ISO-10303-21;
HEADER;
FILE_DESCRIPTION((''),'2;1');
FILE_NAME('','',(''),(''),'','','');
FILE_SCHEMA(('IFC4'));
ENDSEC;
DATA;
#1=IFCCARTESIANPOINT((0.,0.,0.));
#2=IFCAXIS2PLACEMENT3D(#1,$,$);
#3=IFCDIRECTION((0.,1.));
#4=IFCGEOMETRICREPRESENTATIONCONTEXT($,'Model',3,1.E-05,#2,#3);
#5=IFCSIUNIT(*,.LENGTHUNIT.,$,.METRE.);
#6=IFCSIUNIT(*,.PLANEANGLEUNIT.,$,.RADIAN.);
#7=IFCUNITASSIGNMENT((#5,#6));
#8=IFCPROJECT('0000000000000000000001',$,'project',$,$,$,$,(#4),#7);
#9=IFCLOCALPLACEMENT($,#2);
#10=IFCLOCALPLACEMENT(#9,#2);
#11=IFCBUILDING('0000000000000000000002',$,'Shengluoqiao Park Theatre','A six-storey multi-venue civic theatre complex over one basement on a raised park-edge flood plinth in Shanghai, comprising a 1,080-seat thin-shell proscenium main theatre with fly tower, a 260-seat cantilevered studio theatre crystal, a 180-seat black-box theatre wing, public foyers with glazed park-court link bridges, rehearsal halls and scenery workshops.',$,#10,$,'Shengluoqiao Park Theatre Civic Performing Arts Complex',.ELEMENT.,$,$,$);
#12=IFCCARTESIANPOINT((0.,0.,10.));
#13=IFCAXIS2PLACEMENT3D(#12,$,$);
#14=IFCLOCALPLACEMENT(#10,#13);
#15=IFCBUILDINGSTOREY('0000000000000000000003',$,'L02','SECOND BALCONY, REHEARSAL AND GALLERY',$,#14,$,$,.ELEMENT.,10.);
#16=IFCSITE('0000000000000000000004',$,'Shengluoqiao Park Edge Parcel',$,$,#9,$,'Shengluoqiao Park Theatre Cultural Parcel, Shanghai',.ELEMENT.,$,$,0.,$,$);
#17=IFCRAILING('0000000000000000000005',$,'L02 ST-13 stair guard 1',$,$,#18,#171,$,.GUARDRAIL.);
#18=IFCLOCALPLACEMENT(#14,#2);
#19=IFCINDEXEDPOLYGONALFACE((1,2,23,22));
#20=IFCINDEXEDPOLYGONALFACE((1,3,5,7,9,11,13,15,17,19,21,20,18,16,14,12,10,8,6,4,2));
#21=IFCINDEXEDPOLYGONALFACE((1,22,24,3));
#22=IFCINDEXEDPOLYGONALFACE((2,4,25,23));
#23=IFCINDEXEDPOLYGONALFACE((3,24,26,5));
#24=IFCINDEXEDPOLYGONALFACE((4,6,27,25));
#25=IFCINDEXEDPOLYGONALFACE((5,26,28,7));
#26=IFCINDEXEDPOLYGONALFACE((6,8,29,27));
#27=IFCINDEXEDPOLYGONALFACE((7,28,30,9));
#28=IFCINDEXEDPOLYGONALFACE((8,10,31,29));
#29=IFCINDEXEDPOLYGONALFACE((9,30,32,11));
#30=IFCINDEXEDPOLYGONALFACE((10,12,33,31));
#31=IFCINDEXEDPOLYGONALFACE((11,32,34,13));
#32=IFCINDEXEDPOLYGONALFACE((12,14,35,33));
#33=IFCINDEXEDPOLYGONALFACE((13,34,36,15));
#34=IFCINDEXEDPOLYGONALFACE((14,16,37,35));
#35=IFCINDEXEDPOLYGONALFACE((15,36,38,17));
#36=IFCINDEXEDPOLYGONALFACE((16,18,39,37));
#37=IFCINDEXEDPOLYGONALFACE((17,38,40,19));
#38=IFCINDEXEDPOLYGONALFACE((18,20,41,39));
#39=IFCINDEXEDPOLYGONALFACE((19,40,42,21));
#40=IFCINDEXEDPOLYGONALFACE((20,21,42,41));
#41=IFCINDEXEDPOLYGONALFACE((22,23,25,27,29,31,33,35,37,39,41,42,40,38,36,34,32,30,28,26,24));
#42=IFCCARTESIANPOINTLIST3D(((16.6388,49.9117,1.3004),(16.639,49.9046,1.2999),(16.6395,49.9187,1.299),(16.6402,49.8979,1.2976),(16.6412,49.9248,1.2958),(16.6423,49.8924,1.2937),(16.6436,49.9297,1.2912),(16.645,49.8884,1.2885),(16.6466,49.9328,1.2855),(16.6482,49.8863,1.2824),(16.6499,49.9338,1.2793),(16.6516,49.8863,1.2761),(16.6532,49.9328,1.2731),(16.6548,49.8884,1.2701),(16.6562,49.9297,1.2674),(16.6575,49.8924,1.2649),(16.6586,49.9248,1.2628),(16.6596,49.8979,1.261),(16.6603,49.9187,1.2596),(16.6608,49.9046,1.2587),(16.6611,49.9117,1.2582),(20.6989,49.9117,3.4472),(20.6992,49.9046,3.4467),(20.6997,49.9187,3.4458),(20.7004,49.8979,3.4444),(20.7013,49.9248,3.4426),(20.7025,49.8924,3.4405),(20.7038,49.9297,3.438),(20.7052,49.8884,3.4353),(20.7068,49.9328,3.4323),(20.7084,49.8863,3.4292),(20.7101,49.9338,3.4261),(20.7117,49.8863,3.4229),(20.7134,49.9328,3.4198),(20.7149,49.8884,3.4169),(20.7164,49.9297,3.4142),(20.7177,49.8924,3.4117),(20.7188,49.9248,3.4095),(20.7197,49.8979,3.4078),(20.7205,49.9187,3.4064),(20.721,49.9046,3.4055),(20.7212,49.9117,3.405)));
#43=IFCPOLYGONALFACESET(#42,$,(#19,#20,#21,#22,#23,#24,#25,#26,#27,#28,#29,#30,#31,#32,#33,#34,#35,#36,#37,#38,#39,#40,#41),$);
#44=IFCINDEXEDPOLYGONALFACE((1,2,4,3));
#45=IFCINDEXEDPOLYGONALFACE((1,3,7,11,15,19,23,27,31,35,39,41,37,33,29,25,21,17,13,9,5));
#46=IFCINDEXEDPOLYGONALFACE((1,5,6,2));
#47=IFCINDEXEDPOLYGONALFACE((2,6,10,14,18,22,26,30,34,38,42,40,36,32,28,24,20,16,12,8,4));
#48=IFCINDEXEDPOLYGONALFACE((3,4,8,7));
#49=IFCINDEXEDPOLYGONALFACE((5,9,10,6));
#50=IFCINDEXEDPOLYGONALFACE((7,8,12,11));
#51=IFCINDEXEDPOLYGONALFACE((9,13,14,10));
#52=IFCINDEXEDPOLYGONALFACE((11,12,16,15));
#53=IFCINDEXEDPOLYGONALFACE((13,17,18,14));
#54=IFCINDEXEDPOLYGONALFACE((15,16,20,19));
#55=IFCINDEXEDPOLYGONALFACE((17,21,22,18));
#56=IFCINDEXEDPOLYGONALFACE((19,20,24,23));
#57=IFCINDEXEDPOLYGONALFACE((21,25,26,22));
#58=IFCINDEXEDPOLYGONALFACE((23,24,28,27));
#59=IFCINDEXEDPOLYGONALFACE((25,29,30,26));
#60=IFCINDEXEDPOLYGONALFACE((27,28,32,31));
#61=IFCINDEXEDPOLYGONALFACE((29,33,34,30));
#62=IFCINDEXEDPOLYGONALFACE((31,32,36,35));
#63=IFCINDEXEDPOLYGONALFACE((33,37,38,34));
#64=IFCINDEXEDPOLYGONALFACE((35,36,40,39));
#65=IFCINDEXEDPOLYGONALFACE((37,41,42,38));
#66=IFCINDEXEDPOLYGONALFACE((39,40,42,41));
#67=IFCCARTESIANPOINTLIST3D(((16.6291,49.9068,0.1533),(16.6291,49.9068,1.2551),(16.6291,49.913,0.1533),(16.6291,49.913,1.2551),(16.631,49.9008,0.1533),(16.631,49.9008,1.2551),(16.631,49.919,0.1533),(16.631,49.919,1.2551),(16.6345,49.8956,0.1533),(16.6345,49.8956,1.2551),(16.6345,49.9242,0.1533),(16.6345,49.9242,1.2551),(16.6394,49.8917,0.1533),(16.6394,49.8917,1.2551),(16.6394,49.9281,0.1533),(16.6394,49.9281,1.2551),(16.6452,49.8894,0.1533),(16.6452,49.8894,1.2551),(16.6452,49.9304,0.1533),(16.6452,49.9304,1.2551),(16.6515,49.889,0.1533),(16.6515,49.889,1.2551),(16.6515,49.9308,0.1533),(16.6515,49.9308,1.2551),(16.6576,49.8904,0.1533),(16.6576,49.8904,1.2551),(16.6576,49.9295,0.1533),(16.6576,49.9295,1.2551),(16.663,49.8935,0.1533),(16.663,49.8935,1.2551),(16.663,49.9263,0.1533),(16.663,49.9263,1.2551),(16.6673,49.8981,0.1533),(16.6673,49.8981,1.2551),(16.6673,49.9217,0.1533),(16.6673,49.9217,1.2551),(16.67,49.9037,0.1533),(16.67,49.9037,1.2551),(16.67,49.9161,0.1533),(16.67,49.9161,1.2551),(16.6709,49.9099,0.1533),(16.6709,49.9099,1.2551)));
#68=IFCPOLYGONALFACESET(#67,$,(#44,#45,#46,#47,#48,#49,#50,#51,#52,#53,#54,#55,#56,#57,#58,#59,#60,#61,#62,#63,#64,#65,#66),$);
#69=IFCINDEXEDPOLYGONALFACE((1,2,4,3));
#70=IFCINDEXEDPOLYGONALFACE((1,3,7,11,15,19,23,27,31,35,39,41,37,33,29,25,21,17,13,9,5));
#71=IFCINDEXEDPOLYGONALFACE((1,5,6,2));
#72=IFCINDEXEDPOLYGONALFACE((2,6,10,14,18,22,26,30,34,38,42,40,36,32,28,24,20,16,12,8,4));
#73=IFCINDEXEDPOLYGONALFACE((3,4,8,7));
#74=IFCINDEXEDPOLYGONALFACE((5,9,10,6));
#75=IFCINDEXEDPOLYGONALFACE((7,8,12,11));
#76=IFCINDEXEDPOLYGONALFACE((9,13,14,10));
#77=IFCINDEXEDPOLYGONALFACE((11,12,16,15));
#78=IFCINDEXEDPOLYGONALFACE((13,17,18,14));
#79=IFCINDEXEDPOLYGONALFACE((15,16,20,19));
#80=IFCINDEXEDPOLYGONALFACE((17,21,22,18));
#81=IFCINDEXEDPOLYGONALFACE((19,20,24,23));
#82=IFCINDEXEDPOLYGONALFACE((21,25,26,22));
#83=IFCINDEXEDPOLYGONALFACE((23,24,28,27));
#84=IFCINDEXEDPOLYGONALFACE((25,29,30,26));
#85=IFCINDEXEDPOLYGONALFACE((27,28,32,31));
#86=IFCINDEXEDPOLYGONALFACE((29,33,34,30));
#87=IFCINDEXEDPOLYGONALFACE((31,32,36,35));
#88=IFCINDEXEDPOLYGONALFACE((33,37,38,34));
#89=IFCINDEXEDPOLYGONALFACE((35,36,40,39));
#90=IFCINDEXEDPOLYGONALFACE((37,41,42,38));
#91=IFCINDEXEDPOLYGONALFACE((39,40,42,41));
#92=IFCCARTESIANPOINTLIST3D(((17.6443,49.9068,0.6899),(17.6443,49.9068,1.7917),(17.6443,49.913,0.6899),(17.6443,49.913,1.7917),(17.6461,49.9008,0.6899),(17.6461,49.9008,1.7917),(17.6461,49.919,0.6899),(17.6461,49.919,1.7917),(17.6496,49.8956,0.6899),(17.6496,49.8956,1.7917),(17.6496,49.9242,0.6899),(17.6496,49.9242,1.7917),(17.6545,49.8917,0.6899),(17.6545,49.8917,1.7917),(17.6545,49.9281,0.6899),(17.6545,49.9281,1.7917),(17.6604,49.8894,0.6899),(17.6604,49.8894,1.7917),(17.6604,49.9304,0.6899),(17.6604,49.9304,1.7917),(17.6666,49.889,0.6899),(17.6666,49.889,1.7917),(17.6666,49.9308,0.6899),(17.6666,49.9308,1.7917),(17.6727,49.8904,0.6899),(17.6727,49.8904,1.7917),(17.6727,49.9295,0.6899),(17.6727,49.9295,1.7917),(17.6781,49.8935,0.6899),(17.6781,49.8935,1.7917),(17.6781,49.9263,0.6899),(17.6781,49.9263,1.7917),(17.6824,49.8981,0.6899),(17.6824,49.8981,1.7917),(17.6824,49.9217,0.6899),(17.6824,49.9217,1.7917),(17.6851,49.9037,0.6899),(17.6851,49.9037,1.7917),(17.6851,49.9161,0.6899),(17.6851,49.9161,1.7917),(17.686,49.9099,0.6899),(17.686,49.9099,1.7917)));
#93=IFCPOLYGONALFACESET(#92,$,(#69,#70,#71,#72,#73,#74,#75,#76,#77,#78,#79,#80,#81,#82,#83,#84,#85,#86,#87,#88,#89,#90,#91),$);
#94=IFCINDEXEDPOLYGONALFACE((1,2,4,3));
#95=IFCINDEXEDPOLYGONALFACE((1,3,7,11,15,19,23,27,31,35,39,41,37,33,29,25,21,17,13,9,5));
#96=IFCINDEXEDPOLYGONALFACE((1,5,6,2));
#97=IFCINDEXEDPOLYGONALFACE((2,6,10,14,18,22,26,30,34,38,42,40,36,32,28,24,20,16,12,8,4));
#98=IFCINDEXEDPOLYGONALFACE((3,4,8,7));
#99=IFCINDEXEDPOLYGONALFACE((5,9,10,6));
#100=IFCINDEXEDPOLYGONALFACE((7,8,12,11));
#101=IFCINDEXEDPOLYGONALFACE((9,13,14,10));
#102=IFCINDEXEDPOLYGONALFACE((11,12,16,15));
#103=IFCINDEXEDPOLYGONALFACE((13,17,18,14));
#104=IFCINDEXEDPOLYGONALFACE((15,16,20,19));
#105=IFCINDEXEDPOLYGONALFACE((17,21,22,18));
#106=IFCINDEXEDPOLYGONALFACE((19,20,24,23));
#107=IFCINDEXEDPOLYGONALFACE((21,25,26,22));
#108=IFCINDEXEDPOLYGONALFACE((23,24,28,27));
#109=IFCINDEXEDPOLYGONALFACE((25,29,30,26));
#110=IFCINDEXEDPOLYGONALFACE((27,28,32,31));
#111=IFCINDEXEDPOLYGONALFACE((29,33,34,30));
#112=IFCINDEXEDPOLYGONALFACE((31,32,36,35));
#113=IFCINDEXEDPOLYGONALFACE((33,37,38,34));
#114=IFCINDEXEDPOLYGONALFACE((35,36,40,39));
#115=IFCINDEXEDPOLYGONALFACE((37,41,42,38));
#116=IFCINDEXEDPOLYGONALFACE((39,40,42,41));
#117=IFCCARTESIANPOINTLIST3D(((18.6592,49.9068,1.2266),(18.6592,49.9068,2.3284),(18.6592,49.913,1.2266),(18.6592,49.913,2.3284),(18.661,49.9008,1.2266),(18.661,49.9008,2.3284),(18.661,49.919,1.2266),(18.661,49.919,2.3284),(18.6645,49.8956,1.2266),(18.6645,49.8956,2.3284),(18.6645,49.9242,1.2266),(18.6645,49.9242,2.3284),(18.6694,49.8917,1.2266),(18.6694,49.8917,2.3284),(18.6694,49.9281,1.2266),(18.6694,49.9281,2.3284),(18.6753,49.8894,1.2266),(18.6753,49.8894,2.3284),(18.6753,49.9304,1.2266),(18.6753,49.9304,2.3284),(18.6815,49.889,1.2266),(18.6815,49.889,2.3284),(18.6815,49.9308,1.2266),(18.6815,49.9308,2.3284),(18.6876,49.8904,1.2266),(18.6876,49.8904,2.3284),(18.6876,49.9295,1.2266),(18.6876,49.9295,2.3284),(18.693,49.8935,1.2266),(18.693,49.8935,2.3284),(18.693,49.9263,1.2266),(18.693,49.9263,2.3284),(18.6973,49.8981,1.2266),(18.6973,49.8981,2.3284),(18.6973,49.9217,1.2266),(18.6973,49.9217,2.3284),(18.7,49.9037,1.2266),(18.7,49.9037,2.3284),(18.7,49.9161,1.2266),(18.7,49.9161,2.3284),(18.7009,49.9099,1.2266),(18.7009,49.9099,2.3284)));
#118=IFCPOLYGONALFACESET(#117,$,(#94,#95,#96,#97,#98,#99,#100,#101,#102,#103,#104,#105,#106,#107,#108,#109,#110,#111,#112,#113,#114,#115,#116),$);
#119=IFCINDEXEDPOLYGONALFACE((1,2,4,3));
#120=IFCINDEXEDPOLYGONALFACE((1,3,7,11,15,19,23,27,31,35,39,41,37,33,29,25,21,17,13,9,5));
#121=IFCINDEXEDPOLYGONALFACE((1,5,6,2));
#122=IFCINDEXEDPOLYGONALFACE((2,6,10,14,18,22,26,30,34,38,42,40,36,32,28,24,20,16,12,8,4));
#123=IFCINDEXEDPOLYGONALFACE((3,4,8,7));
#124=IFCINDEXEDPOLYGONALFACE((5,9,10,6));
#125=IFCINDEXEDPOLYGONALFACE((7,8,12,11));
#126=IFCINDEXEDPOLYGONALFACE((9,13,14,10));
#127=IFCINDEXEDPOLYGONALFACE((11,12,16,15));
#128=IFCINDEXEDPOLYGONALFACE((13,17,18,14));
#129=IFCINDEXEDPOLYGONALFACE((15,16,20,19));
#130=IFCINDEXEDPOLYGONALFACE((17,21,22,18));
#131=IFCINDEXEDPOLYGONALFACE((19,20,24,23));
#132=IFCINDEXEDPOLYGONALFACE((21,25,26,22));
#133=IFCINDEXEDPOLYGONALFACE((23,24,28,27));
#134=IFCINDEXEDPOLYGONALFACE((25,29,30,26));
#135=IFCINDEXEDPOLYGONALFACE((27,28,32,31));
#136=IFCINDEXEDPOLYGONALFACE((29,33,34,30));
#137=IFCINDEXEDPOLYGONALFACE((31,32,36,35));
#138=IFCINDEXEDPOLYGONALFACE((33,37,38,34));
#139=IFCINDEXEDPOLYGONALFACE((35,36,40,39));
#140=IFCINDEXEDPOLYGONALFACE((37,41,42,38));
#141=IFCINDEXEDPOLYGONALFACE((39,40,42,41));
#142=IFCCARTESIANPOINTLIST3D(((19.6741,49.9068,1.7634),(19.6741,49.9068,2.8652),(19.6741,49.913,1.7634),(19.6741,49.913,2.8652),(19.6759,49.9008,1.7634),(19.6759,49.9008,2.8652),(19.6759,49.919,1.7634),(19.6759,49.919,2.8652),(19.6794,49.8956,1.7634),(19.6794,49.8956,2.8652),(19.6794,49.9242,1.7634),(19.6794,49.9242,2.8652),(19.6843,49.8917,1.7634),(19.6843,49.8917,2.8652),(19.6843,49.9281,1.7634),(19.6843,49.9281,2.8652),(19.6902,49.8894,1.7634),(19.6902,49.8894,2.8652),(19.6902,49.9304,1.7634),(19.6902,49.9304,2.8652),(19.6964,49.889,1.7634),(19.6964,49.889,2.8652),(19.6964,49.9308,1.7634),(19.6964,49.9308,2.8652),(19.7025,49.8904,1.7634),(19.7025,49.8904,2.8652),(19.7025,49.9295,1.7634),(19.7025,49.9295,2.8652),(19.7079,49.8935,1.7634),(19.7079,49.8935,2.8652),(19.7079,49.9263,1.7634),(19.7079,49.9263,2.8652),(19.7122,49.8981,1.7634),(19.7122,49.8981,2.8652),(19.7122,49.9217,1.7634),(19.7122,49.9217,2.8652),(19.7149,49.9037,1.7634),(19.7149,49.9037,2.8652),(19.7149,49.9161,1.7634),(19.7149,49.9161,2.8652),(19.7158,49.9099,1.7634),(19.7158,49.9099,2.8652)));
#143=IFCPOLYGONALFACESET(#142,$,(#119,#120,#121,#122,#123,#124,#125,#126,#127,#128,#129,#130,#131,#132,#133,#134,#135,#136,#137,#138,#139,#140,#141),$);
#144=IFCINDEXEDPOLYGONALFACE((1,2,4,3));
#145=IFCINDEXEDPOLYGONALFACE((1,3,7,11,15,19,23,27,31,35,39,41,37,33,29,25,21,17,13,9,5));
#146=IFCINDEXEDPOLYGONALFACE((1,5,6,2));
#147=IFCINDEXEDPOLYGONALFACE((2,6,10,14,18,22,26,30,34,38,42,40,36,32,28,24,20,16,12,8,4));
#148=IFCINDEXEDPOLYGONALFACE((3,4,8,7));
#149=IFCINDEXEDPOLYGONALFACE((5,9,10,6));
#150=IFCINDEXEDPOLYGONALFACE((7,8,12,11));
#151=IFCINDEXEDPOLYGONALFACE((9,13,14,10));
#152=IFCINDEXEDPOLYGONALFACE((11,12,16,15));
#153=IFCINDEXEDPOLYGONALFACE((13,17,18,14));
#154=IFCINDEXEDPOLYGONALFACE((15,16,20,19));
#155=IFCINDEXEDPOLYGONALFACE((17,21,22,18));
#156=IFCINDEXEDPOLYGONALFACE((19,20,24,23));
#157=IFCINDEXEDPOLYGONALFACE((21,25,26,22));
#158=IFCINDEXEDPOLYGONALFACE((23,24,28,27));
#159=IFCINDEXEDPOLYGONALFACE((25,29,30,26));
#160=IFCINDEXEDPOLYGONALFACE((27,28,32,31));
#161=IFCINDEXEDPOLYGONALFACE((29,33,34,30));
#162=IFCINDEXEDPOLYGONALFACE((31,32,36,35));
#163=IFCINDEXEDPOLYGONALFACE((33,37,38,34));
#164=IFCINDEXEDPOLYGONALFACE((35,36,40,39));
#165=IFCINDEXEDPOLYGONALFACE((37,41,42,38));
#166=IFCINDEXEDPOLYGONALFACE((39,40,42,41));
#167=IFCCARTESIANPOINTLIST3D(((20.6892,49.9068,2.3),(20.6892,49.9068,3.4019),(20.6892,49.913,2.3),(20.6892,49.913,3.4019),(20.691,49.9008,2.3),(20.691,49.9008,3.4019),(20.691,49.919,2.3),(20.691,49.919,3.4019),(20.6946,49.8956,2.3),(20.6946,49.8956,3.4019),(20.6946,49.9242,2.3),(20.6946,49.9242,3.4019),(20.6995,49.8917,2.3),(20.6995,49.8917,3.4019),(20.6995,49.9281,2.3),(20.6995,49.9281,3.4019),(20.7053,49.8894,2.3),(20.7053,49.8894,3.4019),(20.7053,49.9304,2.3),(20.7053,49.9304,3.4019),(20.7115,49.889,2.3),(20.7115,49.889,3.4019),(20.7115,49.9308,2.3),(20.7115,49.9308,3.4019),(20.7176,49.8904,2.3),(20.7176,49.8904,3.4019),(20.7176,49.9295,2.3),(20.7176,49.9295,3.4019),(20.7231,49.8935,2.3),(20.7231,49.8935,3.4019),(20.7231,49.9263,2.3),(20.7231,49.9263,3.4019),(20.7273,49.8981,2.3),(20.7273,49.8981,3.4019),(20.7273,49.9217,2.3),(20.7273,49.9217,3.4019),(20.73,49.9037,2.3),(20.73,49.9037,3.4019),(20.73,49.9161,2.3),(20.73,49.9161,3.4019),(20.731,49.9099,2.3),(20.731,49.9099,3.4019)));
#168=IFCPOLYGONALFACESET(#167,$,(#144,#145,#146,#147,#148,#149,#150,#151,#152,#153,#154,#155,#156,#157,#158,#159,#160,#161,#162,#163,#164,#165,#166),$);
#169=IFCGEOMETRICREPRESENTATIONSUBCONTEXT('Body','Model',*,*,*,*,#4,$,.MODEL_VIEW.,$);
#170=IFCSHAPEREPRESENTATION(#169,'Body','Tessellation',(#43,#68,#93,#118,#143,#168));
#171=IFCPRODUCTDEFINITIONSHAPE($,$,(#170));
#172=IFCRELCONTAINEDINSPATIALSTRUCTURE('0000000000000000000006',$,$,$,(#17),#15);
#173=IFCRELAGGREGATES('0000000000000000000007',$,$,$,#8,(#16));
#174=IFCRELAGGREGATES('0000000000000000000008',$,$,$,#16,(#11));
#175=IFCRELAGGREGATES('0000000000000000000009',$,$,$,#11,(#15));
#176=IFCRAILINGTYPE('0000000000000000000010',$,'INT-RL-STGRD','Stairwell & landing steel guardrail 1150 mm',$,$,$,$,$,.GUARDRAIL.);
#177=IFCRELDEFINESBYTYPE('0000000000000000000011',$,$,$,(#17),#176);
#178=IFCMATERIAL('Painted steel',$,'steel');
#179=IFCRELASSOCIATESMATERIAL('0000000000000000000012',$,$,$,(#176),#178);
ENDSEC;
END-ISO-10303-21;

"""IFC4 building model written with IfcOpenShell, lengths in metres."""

from ifc_helpers import new_model, si_unit, direction, frame, origin, origin_2d, place, context, subcontext, project, spatial, circle, extrude, material, type_object, element, save


model = new_model("IFC4")

# Units and contexts
model_context = context("Model", 3, precision=1e-05, world=origin(), true_north=direction((0.0, 1.0)))
body_context = subcontext(model_context, "Body", "Model", "MODEL_VIEW")
ifc_project = project(units=[si_unit("LENGTHUNIT", "METRE"), si_unit("PLANEANGLEUNIT", "RADIAN")], contexts=[model_context])

# Site, building, storey
site_placement = place(None, origin())
site = spatial("IfcSite", under=ifc_project, at=site_placement, Name="Shengluoqiao Park Edge Parcel", LongName="Shengluoqiao Park Theatre Cultural Parcel, Shanghai", CompositionType="ELEMENT", RefElevation=0.0)
building_placement = place(site_placement, origin())
building = spatial("IfcBuilding", under=site, at=building_placement, Name="Shengluoqiao Park Theatre", Description="A six-storey multi-venue civic theatre complex over one basement on a raised park-edge flood plinth in Shanghai, comprising a 1,080-seat thin-shell proscenium main theatre with fly tower, a 260-seat cantilevered studio theatre crystal, a 180-seat black-box theatre wing, public foyers with glazed park-court link bridges, rehearsal halls and scenery workshops.", LongName="Shengluoqiao Park Theatre Civic Performing Arts Complex", CompositionType="ELEMENT")
storey_placement = place(building_placement, frame((0.0, 0.0, 10.0)))
storey = spatial("IfcBuildingStorey", under=building, at=storey_placement, Name="L02", Description="SECOND BALCONY, REHEARSAL AND GALLERY", CompositionType="ELEMENT", Elevation=10.0)

# Railing
ifc_material_1 = material(Name="Painted steel", Category="steel")
railing_type_1 = type_object("IfcRailingType", Name="INT-RL-STGRD", Description="Stairwell & landing steel guardrail 1150 mm", PredefinedType="GUARDRAIL", material=ifc_material_1)
railing_1_placement = place(storey_placement, frame((16.6499, 49.9099, 0.1533)))
element("IfcRailing", 1, at=railing_1_placement, inside=storey, type_object=railing_type_1, Name="L02 ST-13 stair guard 1", PredefinedType="GUARDRAIL", context=body_context, shape_type="SweptSolid", body=[
    extrude(circle(Radius=0.0239, at=origin_2d()), frame((0.0, 0.0, 1.126), z_axis=(0.884032, 0.0, 0.467426), x_axis=(0.0, 1.0, 0.0)), (0.0, 0.0, 1.0), 4.5928),
    extrude(circle(Radius=0.021, at=origin_2d()), origin(), (0.0, 0.0, 1.0), 1.1018),
    extrude(circle(Radius=0.021, at=origin_2d()), frame((1.0151, 0.0, 0.5366)), (0.0, 0.0, 1.0), 1.1018),
    extrude(circle(Radius=0.021, at=origin_2d()), frame((2.03, 0.0, 1.0732)), (0.0, 0.0, 1.0), 1.1018),
    extrude(circle(Radius=0.021, at=origin_2d()), frame((3.0449, 0.0, 1.6101)), (0.0, 0.0, 1.0), 1.1018),
    extrude(circle(Radius=0.021, at=origin_2d()), frame((4.0601, 0.0, 2.1467)), (0.0, 0.0, 1.0), 1.1018),
])

save(model, "model.ifc")
